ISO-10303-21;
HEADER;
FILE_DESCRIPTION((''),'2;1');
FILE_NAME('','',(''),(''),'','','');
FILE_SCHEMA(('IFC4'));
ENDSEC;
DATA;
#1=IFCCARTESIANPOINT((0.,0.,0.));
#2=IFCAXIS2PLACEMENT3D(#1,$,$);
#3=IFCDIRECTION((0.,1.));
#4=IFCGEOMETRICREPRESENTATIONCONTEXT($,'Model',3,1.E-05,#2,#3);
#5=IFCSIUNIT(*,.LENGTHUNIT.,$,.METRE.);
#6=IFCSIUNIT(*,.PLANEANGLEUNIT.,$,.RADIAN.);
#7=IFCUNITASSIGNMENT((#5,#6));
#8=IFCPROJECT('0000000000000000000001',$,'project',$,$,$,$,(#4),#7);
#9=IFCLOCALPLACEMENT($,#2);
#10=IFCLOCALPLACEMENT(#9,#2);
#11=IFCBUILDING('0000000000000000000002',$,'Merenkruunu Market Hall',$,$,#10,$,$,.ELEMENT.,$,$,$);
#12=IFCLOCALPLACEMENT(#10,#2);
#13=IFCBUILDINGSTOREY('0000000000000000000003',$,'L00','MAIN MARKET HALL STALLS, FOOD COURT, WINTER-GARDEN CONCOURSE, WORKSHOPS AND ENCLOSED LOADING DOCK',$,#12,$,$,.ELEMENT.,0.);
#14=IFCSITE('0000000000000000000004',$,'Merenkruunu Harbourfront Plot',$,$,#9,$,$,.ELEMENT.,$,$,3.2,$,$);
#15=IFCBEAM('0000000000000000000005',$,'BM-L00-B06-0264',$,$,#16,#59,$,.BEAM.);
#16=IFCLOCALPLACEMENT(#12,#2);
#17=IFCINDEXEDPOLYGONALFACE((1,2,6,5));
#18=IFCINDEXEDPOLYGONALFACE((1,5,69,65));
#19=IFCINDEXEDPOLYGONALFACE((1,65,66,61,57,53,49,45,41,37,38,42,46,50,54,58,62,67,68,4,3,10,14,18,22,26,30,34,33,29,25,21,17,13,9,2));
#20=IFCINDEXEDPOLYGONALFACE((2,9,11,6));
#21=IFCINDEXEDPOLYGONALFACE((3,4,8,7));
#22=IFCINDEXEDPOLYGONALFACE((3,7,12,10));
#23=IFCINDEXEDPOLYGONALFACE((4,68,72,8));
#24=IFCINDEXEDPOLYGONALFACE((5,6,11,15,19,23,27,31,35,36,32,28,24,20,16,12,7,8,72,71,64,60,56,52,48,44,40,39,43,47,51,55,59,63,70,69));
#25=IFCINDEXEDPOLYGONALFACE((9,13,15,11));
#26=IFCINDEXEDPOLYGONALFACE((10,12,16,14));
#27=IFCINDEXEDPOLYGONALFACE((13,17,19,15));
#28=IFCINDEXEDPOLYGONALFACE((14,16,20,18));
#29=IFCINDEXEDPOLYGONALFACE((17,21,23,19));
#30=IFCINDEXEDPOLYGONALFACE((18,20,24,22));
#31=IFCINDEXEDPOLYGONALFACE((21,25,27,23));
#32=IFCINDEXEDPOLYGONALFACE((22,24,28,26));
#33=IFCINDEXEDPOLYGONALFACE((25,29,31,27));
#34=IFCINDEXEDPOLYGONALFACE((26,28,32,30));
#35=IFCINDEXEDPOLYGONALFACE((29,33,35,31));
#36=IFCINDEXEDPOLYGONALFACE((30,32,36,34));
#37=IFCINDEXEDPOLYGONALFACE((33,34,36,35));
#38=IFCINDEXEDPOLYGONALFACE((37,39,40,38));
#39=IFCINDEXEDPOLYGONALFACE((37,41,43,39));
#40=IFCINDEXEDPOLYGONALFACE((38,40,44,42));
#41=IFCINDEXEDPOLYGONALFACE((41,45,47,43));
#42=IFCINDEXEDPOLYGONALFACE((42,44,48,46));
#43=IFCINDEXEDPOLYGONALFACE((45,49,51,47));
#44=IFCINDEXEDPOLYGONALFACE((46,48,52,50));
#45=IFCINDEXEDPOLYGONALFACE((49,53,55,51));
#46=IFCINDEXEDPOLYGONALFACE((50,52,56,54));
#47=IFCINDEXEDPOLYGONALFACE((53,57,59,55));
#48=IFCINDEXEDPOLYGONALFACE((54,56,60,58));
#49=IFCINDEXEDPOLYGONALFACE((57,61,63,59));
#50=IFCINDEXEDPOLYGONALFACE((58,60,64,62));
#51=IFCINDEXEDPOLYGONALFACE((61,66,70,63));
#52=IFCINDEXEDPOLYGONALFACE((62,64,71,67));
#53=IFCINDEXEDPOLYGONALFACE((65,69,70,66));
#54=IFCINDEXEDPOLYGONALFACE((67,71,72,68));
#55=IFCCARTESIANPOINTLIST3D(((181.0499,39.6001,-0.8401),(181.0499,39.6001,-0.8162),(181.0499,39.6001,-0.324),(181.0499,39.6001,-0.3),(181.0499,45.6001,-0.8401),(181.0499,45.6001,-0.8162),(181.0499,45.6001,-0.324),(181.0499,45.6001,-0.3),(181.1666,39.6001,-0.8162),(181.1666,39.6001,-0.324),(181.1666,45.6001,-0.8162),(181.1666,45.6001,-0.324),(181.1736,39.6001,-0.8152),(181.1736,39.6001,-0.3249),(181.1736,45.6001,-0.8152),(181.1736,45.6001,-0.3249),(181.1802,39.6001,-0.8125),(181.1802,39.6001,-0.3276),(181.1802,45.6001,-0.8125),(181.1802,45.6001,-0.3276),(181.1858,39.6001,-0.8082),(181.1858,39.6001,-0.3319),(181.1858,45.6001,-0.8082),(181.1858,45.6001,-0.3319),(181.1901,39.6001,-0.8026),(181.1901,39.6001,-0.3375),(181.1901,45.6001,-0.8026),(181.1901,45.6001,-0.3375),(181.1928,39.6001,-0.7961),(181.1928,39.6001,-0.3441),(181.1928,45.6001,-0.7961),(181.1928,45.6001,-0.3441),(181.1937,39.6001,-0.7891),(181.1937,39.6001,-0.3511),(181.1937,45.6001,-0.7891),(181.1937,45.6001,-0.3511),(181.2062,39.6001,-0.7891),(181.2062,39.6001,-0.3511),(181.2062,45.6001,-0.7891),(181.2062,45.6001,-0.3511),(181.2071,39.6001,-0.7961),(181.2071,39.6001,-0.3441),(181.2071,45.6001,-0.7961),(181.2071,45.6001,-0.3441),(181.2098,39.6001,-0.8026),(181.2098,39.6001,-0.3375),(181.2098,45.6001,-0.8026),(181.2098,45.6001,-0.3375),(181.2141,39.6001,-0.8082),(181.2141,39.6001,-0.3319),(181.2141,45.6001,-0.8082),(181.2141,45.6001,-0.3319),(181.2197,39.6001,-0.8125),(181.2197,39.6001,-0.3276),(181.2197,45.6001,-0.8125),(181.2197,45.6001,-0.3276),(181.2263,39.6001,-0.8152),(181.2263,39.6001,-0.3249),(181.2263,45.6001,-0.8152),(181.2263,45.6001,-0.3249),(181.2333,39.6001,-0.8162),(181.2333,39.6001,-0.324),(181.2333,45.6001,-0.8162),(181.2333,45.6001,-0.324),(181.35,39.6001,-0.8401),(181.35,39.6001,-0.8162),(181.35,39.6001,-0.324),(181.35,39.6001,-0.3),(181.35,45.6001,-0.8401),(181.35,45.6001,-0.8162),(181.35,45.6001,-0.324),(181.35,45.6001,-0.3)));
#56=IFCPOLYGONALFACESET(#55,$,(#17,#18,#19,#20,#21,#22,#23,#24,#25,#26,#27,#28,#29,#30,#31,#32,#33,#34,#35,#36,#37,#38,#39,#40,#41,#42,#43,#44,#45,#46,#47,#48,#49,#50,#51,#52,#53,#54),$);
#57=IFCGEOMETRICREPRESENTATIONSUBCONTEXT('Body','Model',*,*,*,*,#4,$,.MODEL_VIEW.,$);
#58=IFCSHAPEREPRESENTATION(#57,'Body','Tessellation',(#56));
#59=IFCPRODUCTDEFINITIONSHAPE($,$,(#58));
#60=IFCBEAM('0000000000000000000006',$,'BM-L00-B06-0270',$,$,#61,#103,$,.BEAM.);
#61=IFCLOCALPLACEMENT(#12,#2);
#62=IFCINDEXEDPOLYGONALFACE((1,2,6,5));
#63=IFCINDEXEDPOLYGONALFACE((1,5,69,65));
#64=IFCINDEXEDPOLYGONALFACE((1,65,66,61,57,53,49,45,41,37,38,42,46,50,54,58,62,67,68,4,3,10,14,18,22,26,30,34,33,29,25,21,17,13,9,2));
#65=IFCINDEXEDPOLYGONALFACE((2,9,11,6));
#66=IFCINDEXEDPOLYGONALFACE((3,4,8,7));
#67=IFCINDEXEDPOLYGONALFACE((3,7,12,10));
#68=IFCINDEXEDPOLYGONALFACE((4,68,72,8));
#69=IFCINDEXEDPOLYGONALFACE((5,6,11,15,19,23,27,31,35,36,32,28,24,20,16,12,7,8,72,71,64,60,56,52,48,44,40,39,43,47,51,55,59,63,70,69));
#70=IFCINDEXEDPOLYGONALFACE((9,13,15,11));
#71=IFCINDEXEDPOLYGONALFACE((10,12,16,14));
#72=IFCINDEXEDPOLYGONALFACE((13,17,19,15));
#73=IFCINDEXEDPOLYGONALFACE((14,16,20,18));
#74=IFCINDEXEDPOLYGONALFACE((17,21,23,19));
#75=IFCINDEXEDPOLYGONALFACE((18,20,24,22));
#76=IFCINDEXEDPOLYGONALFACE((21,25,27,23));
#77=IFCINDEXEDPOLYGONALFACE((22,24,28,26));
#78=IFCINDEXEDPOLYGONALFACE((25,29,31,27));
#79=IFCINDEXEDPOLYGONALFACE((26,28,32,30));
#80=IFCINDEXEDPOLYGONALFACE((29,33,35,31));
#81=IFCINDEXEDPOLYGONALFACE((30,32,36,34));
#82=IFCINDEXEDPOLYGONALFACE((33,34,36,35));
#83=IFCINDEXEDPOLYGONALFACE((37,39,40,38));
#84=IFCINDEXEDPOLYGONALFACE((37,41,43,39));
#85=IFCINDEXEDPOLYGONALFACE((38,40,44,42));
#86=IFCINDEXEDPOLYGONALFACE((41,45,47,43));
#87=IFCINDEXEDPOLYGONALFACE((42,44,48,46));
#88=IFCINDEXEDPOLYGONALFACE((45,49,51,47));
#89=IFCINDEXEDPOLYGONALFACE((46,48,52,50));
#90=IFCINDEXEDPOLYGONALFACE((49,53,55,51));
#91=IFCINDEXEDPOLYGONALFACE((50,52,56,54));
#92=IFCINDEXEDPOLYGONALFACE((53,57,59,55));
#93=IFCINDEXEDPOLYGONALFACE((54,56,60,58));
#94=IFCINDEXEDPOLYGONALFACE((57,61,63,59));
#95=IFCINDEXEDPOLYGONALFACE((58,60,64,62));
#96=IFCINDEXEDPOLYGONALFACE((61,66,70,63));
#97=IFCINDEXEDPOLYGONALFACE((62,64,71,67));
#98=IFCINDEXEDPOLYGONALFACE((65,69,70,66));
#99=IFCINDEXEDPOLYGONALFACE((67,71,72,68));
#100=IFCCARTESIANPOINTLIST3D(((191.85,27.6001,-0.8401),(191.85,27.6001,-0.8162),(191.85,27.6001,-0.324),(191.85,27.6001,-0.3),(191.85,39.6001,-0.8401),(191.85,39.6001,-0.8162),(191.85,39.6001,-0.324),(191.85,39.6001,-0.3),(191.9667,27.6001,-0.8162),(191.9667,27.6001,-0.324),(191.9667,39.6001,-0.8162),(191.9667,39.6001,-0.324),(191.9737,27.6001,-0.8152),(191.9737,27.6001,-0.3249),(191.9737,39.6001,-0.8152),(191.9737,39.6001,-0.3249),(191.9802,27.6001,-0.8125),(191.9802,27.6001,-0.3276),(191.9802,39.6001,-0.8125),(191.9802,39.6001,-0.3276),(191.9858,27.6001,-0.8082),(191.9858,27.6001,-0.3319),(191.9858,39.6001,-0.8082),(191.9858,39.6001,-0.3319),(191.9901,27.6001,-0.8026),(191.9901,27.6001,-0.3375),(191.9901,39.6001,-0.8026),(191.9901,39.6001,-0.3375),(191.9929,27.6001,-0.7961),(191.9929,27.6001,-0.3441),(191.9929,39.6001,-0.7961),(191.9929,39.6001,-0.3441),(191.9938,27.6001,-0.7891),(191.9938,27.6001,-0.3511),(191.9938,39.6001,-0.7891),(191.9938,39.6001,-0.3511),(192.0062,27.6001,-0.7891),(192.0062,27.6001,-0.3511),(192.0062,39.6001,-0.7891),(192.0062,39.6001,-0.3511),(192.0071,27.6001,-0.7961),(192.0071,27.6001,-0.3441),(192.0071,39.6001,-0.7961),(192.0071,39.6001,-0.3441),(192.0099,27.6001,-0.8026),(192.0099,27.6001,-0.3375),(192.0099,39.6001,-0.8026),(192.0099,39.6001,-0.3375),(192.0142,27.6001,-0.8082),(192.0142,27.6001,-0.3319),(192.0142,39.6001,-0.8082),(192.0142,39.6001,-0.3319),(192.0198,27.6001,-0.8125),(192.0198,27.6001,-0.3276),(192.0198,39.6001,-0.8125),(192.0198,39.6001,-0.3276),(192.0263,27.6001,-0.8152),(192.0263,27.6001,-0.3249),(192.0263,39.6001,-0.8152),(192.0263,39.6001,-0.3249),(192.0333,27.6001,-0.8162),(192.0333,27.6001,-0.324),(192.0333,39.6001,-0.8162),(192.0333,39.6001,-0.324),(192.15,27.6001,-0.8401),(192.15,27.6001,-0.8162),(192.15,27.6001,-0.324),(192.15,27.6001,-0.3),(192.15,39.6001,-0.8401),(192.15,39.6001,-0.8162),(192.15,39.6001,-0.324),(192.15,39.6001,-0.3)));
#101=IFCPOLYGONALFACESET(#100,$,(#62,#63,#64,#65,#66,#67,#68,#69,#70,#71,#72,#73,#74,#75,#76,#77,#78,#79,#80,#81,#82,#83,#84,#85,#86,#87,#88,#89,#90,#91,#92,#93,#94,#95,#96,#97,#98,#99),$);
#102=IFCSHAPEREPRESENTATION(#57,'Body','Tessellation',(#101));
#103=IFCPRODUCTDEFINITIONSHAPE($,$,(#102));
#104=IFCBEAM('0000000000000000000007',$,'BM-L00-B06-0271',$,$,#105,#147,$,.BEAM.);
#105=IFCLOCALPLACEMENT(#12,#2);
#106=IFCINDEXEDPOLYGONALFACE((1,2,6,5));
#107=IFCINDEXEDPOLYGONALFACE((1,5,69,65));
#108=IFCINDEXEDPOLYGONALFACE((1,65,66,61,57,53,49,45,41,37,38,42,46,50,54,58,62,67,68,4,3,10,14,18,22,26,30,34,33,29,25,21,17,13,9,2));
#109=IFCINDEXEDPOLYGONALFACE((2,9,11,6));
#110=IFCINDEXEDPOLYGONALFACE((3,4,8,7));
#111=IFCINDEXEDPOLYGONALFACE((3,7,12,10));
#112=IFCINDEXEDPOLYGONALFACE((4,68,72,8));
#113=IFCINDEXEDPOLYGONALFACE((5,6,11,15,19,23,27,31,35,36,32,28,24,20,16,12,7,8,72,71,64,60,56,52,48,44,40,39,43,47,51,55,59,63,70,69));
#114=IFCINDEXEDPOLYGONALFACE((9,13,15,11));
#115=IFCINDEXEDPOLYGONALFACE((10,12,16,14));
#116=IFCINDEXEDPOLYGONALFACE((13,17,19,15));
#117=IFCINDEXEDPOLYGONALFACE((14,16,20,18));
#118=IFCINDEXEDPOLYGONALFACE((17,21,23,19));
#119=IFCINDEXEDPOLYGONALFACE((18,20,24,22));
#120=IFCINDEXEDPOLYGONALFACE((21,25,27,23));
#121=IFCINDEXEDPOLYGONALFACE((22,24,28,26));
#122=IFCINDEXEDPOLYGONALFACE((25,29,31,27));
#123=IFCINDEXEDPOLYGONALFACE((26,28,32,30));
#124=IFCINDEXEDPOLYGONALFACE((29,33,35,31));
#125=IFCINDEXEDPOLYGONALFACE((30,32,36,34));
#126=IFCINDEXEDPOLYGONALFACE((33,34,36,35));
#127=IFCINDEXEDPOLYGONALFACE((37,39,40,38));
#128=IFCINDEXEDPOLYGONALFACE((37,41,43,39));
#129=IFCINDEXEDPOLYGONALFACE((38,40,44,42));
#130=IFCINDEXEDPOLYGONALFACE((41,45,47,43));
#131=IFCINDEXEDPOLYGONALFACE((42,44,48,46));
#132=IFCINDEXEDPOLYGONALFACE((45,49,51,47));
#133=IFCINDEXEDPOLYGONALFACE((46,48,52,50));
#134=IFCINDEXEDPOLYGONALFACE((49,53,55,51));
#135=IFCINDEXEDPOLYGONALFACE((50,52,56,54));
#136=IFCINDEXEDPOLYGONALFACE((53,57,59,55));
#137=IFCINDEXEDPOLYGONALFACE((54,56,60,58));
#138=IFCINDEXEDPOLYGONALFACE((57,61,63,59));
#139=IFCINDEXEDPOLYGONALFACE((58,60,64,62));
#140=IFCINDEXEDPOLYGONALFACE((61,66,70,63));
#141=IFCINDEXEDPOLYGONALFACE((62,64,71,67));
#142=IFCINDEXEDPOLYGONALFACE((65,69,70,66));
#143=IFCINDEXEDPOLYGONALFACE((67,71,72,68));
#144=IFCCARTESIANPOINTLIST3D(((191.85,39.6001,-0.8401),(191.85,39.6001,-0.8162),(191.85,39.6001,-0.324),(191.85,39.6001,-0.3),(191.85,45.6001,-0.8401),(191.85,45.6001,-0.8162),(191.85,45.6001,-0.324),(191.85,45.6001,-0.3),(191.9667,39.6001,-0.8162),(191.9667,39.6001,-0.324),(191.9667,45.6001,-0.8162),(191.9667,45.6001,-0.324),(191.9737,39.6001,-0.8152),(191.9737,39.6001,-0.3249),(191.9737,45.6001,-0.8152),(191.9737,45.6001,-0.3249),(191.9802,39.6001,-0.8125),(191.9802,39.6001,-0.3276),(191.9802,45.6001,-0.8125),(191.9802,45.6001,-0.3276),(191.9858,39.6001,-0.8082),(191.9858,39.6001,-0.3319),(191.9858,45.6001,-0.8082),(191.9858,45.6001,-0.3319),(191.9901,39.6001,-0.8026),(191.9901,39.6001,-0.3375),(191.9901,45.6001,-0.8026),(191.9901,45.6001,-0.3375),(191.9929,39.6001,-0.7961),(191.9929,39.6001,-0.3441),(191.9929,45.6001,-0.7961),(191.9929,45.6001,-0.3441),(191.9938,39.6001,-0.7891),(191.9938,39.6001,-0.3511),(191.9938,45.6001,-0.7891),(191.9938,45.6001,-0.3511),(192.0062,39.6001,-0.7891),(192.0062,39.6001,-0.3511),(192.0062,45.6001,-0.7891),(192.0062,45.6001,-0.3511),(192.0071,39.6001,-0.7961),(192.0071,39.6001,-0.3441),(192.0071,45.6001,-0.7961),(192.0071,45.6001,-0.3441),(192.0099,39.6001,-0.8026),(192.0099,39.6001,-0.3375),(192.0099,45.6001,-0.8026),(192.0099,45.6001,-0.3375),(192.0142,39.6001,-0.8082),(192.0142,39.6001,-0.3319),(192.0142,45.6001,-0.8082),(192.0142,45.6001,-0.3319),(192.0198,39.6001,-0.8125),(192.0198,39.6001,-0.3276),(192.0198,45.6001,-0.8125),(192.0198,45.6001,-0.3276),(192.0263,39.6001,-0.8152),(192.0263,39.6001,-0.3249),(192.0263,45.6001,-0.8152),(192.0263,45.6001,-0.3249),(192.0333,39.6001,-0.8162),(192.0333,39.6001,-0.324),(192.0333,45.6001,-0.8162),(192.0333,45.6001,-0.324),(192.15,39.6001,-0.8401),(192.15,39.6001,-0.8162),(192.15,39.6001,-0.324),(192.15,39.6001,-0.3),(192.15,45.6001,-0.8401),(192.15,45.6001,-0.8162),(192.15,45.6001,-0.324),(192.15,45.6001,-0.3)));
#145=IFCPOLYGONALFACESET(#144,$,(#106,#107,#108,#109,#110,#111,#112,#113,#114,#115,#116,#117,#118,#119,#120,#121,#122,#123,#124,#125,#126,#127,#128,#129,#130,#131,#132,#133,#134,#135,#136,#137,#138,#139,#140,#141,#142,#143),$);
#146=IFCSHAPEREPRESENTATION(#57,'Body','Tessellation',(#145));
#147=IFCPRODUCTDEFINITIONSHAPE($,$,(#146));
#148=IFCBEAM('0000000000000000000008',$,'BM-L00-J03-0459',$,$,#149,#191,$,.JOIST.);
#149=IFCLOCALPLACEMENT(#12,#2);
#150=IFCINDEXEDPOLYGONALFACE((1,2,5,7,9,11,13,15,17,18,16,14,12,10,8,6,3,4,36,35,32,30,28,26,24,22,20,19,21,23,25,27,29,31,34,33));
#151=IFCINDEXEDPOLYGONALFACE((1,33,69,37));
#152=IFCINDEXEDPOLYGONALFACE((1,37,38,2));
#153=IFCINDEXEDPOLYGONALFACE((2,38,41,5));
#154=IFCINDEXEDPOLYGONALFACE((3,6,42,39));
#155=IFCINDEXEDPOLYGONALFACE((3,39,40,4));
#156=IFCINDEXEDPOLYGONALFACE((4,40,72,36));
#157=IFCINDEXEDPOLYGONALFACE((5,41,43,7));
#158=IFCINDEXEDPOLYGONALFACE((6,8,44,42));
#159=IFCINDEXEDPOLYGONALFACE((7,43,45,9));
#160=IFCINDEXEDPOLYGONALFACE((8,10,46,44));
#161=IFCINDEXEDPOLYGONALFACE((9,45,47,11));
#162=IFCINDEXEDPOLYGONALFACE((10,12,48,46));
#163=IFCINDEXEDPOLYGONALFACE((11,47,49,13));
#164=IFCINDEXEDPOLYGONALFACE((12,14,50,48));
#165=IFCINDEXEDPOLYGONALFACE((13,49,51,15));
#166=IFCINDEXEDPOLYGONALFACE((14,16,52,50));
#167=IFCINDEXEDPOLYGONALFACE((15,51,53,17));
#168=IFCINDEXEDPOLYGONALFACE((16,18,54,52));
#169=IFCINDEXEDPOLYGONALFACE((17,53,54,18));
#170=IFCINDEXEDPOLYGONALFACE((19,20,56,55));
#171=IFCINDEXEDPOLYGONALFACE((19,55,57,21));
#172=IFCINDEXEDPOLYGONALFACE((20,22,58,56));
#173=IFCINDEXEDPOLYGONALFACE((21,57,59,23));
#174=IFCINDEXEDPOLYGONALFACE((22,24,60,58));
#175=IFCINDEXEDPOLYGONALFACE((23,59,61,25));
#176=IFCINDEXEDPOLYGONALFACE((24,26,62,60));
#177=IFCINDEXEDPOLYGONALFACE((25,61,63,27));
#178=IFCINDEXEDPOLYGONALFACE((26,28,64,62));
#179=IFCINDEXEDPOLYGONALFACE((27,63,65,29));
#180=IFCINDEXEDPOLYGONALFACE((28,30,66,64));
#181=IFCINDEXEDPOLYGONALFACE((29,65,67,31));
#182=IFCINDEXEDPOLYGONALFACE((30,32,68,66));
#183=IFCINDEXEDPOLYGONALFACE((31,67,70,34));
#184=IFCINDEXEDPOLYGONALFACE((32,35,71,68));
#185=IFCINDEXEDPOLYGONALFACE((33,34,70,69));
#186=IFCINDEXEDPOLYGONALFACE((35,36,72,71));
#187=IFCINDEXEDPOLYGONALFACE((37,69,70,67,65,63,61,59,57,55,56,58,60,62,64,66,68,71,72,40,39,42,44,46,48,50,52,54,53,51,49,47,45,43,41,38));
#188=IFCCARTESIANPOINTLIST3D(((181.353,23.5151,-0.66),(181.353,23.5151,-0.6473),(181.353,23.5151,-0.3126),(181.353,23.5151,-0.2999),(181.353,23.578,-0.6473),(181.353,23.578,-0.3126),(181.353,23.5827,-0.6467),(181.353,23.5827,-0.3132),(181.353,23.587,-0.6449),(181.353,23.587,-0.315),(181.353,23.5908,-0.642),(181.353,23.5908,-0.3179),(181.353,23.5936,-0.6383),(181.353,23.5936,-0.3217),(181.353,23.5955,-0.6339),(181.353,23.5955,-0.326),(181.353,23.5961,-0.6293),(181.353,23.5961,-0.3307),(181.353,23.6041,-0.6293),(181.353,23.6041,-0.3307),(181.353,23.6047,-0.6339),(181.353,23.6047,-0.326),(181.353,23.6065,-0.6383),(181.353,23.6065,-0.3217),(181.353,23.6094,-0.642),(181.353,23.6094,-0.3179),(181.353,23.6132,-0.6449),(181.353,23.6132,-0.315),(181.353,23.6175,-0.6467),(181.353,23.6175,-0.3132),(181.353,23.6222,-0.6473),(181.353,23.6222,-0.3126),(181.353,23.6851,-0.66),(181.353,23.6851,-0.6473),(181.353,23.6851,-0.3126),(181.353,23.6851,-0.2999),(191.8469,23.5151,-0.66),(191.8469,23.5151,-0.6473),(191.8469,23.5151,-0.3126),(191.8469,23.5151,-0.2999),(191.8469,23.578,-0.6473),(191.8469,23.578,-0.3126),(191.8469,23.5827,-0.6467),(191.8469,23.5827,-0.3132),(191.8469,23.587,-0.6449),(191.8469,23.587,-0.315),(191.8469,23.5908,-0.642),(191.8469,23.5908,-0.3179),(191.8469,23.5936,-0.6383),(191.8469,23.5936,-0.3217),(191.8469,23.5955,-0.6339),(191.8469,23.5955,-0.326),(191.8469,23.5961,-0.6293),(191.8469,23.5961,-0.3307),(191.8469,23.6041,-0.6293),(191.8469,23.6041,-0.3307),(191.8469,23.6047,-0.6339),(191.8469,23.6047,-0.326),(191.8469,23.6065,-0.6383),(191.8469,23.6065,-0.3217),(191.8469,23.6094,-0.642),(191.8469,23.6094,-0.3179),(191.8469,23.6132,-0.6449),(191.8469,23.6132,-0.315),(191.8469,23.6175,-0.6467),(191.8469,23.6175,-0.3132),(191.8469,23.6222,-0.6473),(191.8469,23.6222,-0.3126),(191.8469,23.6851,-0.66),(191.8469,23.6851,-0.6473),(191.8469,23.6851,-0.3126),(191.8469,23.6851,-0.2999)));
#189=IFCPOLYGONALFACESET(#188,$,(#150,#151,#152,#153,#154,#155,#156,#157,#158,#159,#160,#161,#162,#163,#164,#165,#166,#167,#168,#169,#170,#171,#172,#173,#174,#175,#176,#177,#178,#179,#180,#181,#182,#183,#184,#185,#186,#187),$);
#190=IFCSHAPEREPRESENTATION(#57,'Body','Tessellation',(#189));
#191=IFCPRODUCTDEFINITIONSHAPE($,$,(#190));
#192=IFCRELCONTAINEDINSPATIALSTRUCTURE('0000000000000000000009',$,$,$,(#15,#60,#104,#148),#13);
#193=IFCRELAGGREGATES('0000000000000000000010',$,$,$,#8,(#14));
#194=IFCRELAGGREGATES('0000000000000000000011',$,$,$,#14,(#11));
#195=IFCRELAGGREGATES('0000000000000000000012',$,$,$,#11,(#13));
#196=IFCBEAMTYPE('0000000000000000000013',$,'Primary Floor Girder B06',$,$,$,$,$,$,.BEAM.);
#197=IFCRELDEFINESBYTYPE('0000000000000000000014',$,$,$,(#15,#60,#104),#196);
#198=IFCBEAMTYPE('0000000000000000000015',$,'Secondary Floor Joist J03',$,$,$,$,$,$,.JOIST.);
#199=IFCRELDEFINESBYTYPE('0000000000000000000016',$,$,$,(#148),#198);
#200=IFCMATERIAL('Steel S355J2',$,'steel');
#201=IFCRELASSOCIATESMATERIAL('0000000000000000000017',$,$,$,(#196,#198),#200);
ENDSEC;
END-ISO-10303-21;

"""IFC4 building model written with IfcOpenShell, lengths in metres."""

from ifc_helpers import new_model, si_unit, direction, frame, origin, origin_2d, place, context, subcontext, project, spatial, i_section, extrude, material, material_profile, profile_set, type_object, element, save


model = new_model("IFC4")

# Units and contexts
model_context = context("Model", 3, precision=1e-05, world=origin(), true_north=direction((0.0, 1.0)))
body_context = subcontext(model_context, "Body", "Model", "MODEL_VIEW")
ifc_project = project(units=[si_unit("LENGTHUNIT", "METRE"), si_unit("PLANEANGLEUNIT", "RADIAN")], contexts=[model_context])

# Site, building, storey
site_placement = place(None, origin())
site = spatial("IfcSite", under=ifc_project, at=site_placement, Name="Merenkruunu Harbourfront Plot", CompositionType="ELEMENT", RefElevation=3.2)
building_placement = place(site_placement, origin())
building = spatial("IfcBuilding", under=site, at=building_placement, Name="Merenkruunu Market Hall", CompositionType="ELEMENT")
storey_placement = place(building_placement, origin())
storey = spatial("IfcBuildingStorey", under=building, at=storey_placement, Name="L00", Description="MAIN MARKET HALL STALLS, FOOD COURT, WINTER-GARDEN CONCOURSE, WORKSHOPS AND ENCLOSED LOADING DOCK", CompositionType="ELEMENT", Elevation=0.0)

# Beams
ifc_material_1 = material(Name="Steel S355J2", Category="steel")
ifc_material_profile_1 = material_profile(ifc_material_1, i_section(OverallWidth=0.3, OverallDepth=0.54, WebThickness=0.0125, FlangeThickness=0.0239, FilletRadius=0.0271, at=origin_2d()), Name="HEA 550")
ifc_profile_set_1 = profile_set([ifc_material_profile_1], Name="Steel S355J2")
beam_type_1 = type_object("IfcBeamType", Name="Primary Floor Girder B06", PredefinedType="BEAM", material=ifc_profile_set_1)
beam_1_placement = place(storey_placement, frame((181.2, 39.6001, -0.5701), z_axis=(0.0, 1.0, 0.0), x_axis=(-1.0, 0.0, 0.0)))
element("IfcBeam", 1, at=beam_1_placement, inside=storey, type_object=beam_type_1, Name="BM-L00-B06-0264", PredefinedType="BEAM", context=body_context, shape_type="SweptSolid", body=[
    extrude(i_section(OverallWidth=0.3, OverallDepth=0.54, WebThickness=0.0125, FlangeThickness=0.0239, FilletRadius=0.0271, at=origin_2d()), origin(), (0.0, 0.0, 1.0), 6.0),
])
beam_2_placement = place(storey_placement, frame((192.0, 27.6001, -0.5701), z_axis=(0.0, 1.0, 0.0), x_axis=(-1.0, 0.0, 0.0)))
element("IfcBeam", 2, at=beam_2_placement, inside=storey, type_object=beam_type_1, Name="BM-L00-B06-0270", PredefinedType="BEAM", context=body_context, shape_type="SweptSolid", body=[
    extrude(i_section(OverallWidth=0.3, OverallDepth=0.54, WebThickness=0.0125, FlangeThickness=0.0239, FilletRadius=0.0271, at=origin_2d()), origin(), (0.0, 0.0, 1.0), 12.0),
])
beam_3_placement = place(storey_placement, frame((192.0, 39.6001, -0.5701), z_axis=(0.0, 1.0, 0.0), x_axis=(-1.0, 0.0, 0.0)))
element("IfcBeam", 3, at=beam_3_placement, inside=storey, type_object=beam_type_1, Name="BM-L00-B06-0271", PredefinedType="BEAM", context=body_context, shape_type="SweptSolid", body=[
    extrude(i_section(OverallWidth=0.3, OverallDepth=0.54, WebThickness=0.0125, FlangeThickness=0.0239, FilletRadius=0.0271, at=origin_2d()), origin(), (0.0, 0.0, 1.0), 6.0),
])
ifc_material_profile_2 = material_profile(ifc_material_1, i_section(OverallWidth=0.1699, OverallDepth=0.3601, WebThickness=0.0081, FlangeThickness=0.0127, FilletRadius=0.0181, at=origin_2d()), Name="IPE 360")
ifc_profile_set_2 = profile_set([ifc_material_profile_2], Name="Steel S355J2")
beam_type_2 = type_object("IfcBeamType", Name="Secondary Floor Joist J03", PredefinedType="JOIST", material=ifc_profile_set_2)
for number, where, z_axis, x_axis, name in (
    (4, (181.353, 23.6001, -0.48), (1.0, 0.0, 0.0), (0.0, 1.0, 0.0), "BM-L00-J03-0459"),
):
    element("IfcBeam", number, at=place(storey_placement, frame(where, z_axis=z_axis, x_axis=x_axis)), inside=storey, type_object=beam_type_2, Name=name, PredefinedType="JOIST", context=body_context, shape_type="SweptSolid", body=[
        extrude(i_section(OverallWidth=0.1699, OverallDepth=0.3601, WebThickness=0.0081, FlangeThickness=0.0127, FilletRadius=0.0181, at=origin_2d()), origin(), (0.0, 0.0, 1.0), 10.4939),
    ])

save(model, "model.ifc")
